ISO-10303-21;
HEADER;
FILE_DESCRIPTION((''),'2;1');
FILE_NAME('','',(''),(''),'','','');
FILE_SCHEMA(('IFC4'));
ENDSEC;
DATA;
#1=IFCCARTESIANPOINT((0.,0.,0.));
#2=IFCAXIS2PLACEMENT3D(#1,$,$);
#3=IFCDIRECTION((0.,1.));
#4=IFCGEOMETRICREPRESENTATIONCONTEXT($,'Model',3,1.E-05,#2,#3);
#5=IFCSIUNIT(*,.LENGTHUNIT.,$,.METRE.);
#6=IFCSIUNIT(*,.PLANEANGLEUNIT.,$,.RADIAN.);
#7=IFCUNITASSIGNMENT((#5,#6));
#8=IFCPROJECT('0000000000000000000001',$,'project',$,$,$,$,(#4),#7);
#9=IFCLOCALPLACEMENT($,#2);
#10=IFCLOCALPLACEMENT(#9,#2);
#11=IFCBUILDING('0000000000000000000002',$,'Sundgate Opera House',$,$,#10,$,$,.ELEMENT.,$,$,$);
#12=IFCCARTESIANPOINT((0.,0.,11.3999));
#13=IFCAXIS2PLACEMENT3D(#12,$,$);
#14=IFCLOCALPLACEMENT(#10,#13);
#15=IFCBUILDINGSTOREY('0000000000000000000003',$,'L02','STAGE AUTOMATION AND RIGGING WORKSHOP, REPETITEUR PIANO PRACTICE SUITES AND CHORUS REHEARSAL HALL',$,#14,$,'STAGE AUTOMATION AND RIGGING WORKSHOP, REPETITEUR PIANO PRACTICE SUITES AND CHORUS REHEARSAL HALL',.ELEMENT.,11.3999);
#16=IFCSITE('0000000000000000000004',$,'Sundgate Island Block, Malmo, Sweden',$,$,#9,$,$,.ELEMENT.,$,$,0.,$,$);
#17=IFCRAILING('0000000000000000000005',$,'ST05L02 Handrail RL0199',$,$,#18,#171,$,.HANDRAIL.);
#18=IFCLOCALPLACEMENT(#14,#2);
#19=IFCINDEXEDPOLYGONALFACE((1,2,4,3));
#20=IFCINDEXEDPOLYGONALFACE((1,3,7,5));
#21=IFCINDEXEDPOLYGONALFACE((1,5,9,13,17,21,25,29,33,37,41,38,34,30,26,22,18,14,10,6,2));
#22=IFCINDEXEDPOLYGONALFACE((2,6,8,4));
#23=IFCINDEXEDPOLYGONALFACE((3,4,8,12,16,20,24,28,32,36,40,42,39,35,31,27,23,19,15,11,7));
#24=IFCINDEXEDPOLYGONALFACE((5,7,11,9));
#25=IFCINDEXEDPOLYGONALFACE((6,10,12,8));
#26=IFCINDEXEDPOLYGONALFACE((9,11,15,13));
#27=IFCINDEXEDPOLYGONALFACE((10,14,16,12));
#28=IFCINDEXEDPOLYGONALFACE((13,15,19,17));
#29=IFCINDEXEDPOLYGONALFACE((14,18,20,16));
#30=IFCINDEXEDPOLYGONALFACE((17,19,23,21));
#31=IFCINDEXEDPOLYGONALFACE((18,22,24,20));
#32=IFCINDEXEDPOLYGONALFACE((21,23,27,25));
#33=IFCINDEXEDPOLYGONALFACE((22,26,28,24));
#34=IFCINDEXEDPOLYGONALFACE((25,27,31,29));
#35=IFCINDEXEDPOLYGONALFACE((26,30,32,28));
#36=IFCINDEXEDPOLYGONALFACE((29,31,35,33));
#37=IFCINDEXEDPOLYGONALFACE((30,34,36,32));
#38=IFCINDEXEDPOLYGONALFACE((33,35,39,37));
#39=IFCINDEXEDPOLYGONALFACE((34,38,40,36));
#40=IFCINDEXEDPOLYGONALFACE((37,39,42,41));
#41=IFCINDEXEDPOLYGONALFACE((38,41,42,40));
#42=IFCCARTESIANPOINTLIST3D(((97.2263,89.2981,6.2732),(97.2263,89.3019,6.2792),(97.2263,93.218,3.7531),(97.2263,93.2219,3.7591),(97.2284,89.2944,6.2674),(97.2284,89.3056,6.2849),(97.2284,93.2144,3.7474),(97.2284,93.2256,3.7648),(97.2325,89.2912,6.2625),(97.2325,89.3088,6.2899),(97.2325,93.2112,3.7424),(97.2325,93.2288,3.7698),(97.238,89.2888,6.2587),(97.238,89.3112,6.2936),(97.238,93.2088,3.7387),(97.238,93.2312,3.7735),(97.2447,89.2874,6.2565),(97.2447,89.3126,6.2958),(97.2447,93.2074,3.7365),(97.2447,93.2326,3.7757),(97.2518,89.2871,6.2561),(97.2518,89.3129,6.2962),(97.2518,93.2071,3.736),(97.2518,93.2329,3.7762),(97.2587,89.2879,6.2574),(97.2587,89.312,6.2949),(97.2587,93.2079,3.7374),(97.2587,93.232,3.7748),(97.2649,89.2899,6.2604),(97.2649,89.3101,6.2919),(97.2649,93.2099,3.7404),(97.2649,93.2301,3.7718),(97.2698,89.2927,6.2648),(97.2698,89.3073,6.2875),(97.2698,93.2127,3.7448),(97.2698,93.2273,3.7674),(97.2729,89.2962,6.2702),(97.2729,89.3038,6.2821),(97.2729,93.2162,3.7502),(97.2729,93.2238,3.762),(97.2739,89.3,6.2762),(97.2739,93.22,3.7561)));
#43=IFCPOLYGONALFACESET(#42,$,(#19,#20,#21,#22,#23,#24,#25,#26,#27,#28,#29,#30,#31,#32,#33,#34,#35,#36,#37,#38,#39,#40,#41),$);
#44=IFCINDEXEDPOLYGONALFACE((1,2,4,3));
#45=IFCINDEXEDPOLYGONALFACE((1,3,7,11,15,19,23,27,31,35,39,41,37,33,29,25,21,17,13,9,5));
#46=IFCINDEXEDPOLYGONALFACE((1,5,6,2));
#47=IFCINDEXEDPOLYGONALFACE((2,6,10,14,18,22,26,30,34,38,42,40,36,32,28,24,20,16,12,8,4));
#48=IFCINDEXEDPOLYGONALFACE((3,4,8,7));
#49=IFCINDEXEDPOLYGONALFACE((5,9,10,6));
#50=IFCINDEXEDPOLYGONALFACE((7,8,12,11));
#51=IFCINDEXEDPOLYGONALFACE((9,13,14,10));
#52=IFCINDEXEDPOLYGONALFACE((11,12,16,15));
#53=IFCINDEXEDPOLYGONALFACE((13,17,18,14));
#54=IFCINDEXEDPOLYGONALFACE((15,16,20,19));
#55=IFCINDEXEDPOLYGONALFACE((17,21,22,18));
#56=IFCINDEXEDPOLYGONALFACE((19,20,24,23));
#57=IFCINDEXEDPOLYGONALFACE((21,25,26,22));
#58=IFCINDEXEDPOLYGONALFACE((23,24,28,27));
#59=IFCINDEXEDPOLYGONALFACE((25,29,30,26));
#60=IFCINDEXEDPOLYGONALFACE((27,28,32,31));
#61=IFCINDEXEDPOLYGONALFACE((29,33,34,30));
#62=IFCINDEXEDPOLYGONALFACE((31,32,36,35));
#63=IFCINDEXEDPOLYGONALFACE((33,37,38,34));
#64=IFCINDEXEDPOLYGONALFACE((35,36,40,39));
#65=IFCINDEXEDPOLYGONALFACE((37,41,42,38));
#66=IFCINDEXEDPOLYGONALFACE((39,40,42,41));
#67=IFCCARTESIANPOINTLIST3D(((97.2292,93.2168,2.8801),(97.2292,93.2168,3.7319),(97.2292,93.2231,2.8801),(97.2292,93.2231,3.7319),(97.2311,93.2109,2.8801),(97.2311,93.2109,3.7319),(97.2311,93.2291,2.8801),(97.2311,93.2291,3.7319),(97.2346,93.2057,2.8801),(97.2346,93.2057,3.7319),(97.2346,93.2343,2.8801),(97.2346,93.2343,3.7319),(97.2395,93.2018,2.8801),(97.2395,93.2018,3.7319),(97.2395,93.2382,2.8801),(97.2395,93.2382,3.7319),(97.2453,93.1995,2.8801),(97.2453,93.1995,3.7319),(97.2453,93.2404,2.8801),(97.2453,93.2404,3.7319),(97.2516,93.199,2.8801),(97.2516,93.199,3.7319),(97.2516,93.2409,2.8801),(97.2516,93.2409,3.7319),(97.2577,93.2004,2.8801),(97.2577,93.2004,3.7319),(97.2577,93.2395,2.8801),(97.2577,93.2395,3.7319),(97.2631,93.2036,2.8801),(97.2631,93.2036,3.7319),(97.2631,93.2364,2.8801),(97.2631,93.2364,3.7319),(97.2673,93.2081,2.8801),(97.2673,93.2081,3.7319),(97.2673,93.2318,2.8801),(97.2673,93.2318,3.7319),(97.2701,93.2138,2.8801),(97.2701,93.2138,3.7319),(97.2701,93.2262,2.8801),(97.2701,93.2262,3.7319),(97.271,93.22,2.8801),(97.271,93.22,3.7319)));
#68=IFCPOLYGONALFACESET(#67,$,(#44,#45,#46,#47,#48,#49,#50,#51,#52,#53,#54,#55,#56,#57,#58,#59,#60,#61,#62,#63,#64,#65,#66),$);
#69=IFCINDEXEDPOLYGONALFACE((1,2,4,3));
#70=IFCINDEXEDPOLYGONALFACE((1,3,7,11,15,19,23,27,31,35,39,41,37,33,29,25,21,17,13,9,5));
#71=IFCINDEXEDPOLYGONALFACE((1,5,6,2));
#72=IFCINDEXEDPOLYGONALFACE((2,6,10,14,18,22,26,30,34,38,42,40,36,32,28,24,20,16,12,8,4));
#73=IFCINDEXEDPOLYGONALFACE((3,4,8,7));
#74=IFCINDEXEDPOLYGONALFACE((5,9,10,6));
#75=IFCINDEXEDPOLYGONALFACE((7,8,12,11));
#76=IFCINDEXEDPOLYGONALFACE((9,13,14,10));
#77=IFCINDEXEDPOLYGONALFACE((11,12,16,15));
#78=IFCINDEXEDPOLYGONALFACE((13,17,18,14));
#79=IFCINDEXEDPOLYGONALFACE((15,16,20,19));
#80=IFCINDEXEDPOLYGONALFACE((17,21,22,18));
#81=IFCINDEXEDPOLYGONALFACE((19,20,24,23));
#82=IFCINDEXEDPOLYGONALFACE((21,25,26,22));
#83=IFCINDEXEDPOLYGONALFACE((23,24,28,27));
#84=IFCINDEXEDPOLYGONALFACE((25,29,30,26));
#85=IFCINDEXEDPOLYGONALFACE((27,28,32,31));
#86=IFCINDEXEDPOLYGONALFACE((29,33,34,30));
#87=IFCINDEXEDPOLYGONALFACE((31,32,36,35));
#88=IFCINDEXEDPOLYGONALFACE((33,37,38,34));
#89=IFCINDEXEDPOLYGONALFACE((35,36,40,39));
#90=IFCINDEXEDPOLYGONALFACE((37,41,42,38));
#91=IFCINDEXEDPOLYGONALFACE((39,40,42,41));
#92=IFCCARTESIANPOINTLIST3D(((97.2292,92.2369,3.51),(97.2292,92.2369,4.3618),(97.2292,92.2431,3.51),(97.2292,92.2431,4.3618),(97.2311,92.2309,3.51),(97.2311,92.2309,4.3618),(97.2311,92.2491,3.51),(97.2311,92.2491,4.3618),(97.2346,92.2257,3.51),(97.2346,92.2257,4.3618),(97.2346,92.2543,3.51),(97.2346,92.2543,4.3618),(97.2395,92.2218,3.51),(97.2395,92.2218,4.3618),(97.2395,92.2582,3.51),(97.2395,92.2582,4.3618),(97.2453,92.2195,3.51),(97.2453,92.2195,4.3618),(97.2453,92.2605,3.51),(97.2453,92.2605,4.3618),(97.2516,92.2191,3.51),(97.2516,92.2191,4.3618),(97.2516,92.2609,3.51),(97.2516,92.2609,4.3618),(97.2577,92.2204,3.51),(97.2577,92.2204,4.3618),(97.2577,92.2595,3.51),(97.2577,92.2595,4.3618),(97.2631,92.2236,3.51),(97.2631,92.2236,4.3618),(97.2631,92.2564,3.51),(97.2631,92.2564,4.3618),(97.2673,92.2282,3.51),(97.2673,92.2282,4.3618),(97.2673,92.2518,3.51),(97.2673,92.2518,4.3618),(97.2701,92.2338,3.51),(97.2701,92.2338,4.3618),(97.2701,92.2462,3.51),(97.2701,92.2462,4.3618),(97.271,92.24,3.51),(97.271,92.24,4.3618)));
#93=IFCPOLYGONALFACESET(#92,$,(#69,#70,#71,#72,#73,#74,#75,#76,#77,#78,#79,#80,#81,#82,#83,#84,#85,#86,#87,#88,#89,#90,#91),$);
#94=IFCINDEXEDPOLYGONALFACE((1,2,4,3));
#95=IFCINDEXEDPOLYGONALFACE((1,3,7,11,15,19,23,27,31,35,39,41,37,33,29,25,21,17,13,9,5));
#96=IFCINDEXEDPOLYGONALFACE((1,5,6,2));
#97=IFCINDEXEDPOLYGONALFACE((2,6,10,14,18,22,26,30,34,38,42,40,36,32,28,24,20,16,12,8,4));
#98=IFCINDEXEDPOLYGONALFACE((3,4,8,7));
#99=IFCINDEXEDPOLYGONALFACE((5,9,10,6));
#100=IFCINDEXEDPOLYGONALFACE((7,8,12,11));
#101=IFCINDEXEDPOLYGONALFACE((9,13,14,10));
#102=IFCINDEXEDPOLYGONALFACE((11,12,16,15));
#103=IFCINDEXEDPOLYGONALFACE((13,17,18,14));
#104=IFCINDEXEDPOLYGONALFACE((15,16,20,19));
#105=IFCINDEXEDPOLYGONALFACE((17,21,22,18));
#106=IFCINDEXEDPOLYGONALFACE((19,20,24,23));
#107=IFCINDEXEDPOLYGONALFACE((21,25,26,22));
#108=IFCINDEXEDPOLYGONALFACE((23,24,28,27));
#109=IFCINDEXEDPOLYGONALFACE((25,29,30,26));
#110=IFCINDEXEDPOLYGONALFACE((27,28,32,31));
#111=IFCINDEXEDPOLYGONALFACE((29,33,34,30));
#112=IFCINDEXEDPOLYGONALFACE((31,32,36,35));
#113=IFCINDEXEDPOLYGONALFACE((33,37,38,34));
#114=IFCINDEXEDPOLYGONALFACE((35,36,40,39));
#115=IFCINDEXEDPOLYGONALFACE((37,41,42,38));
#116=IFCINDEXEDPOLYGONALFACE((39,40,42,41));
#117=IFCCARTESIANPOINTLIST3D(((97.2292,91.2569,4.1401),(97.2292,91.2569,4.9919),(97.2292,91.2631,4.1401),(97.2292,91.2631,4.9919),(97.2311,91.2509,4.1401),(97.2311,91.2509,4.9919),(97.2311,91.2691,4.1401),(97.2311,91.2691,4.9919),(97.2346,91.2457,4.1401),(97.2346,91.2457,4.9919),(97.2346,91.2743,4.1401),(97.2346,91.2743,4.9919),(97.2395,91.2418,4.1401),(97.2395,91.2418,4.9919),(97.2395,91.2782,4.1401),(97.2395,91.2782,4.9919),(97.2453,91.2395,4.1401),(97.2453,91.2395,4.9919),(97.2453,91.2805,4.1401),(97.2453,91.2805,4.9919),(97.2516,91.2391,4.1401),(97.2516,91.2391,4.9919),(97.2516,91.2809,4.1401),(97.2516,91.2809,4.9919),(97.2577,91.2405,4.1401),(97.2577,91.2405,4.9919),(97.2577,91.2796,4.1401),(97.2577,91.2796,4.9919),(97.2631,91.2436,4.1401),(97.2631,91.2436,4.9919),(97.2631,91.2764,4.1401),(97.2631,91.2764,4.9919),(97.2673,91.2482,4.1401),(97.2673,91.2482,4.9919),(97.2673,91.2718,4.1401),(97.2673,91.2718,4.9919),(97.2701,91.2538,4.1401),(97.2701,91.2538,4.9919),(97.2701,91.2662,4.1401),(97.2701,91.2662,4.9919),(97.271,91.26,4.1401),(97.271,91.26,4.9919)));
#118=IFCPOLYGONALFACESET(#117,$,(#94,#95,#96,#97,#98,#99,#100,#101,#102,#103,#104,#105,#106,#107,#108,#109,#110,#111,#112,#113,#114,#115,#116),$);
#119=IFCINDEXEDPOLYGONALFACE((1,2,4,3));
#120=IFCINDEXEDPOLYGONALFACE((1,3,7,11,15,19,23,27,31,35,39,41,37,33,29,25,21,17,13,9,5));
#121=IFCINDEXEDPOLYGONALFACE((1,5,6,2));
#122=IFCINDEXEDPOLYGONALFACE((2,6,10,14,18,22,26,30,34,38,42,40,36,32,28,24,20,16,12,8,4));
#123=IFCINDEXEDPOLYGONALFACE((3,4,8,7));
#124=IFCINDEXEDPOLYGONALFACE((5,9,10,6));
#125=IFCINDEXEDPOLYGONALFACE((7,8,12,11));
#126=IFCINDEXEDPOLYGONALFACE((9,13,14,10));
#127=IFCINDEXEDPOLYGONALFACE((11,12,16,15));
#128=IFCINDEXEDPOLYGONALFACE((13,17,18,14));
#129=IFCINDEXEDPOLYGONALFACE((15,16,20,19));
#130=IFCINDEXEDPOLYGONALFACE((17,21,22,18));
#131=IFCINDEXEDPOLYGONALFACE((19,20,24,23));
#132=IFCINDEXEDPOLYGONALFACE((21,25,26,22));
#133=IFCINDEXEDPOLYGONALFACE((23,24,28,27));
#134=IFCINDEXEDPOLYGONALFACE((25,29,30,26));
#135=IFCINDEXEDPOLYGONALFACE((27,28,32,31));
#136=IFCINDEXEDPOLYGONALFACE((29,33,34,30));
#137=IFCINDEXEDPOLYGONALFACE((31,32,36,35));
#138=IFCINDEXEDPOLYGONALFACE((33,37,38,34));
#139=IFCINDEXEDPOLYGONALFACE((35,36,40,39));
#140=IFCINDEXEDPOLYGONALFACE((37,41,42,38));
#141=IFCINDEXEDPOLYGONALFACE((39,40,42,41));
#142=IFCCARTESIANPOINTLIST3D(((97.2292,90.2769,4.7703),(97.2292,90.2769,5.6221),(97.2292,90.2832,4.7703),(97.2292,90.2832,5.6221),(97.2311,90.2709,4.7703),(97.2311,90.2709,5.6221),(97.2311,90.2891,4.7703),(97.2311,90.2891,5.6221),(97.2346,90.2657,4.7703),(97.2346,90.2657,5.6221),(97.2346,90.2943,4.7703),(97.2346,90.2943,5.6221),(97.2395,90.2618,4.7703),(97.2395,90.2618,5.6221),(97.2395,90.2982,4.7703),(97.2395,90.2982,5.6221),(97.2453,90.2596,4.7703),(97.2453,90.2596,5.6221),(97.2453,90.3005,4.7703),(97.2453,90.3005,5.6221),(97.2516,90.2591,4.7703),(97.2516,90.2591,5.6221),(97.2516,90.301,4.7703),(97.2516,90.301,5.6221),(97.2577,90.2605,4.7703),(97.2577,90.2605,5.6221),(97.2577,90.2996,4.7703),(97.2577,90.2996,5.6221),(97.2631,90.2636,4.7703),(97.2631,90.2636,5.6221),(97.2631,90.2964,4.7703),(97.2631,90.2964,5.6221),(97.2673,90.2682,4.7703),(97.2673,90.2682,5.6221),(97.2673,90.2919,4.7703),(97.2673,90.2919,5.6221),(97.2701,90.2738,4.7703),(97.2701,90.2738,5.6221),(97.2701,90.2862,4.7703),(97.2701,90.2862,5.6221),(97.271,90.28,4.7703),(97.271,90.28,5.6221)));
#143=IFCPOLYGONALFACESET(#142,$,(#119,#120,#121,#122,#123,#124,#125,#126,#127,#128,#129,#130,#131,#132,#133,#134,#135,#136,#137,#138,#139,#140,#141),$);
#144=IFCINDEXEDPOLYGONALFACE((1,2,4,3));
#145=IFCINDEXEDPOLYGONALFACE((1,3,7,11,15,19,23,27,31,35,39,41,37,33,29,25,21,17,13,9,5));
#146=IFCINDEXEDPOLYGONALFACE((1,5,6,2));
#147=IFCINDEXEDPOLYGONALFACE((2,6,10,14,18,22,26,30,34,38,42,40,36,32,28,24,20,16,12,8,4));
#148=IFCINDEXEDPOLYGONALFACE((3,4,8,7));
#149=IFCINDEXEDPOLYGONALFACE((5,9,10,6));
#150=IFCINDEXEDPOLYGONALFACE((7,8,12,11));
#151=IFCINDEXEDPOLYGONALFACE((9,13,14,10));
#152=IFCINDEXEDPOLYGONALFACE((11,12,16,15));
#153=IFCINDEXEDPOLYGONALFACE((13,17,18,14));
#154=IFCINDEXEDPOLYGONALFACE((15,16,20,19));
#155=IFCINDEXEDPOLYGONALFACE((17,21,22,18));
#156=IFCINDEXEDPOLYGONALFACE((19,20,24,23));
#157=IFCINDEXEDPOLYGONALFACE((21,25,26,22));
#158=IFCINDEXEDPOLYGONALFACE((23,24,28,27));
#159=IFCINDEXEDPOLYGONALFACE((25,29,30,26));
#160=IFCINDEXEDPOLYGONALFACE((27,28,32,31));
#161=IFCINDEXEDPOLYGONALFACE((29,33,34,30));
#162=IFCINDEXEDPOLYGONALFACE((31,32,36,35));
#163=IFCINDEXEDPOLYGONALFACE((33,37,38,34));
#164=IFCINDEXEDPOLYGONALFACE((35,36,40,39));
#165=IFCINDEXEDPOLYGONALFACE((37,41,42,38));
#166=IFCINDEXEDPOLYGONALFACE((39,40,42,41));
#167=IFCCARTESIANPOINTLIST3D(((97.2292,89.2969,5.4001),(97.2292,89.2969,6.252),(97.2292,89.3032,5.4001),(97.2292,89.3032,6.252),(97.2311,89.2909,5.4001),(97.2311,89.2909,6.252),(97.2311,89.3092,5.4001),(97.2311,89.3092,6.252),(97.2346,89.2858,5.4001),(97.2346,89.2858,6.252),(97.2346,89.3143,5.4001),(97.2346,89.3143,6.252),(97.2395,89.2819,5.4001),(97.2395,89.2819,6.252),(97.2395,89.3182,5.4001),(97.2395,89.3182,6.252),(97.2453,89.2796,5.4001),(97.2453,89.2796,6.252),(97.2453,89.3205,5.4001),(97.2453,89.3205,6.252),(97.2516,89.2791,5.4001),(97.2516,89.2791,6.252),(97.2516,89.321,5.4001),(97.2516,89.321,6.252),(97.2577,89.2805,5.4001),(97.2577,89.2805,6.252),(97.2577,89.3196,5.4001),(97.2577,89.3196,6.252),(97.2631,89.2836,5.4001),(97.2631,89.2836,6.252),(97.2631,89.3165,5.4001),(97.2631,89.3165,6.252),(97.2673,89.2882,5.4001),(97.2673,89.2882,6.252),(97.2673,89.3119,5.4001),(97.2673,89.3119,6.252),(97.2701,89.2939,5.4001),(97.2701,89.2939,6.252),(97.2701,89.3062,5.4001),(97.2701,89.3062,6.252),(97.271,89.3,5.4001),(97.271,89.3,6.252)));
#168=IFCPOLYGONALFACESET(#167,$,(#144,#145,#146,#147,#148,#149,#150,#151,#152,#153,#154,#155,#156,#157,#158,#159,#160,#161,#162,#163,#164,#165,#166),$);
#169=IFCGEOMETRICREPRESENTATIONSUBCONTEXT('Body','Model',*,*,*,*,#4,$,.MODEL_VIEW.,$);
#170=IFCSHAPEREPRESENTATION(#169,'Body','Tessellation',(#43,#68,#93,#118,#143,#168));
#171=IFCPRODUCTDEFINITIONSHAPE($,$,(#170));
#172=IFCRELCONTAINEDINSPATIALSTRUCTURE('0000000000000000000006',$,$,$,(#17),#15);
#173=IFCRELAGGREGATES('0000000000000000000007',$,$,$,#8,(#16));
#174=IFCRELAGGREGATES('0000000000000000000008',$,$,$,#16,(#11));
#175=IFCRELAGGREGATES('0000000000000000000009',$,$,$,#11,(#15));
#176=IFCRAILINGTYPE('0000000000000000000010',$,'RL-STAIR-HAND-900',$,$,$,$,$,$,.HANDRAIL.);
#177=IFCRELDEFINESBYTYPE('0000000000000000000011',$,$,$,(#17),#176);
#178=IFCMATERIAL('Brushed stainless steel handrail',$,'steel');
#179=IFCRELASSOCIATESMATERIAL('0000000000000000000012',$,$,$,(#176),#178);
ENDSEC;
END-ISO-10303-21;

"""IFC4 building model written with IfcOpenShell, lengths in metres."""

from ifc_helpers import new_model, si_unit, direction, frame, origin, origin_2d, place, context, subcontext, project, spatial, circle, extrude, material, type_object, element, save


model = new_model("IFC4")

# Units and contexts
model_context = context("Model", 3, precision=1e-05, world=origin(), true_north=direction((0.0, 1.0)))
body_context = subcontext(model_context, "Body", "Model", "MODEL_VIEW")
ifc_project = project(units=[si_unit("LENGTHUNIT", "METRE"), si_unit("PLANEANGLEUNIT", "RADIAN")], contexts=[model_context])

# Site, building, storey
site_placement = place(None, origin())
site = spatial("IfcSite", under=ifc_project, at=site_placement, Name="Sundgate Island Block, Malmo, Sweden", CompositionType="ELEMENT", RefElevation=0.0)
building_placement = place(site_placement, origin())
building = spatial("IfcBuilding", under=site, at=building_placement, Name="Sundgate Opera House", CompositionType="ELEMENT")
storey_placement = place(building_placement, frame((0.0, 0.0, 11.3999)))
storey = spatial("IfcBuildingStorey", under=building, at=storey_placement, Name="L02", Description="STAGE AUTOMATION AND RIGGING WORKSHOP, REPETITEUR PIANO PRACTICE SUITES AND CHORUS REHEARSAL HALL", LongName="STAGE AUTOMATION AND RIGGING WORKSHOP, REPETITEUR PIANO PRACTICE SUITES AND CHORUS REHEARSAL HALL", CompositionType="ELEMENT", Elevation=11.3999)

# Railing
ifc_material_1 = material(Name="Brushed stainless steel handrail", Category="steel")
railing_type_1 = type_object("IfcRailingType", Name="RL-STAIR-HAND-900", PredefinedType="HANDRAIL", material=ifc_material_1)
railing_1_placement = place(storey_placement, frame((97.25, 93.22, 2.8801)))
element("IfcRailing", 1, at=railing_1_placement, inside=storey, type_object=railing_type_1, Name="ST05L02 Handrail RL0199", PredefinedType="HANDRAIL", context=body_context, shape_type="SweptSolid", body=[
    extrude(circle(Radius=0.0239, at=origin_2d()), frame((0.0, 0.0, 0.876), z_axis=(0.0, -0.841172, 0.540768), x_axis=(1.0, 0.0, 0.0)), (0.0, 0.0, 1.0), 4.6602),
    extrude(circle(Radius=0.021, at=origin_2d()), origin(), (0.0, 0.0, 1.0), 0.8518),
    extrude(circle(Radius=0.021, at=origin_2d()), frame((0.0, -0.98, 0.6299)), (0.0, 0.0, 1.0), 0.8518),
    extrude(circle(Radius=0.021, at=origin_2d()), frame((0.0, -1.96, 1.26)), (0.0, 0.0, 1.0), 0.8518),
    extrude(circle(Radius=0.021, at=origin_2d()), frame((0.0, -2.9399, 1.8901)), (0.0, 0.0, 1.0), 0.8518),
    extrude(circle(Radius=0.021, at=origin_2d()), frame((0.0, -3.9199, 2.52)), (0.0, 0.0, 1.0), 0.8518),
])

save(model, "model.ifc")
